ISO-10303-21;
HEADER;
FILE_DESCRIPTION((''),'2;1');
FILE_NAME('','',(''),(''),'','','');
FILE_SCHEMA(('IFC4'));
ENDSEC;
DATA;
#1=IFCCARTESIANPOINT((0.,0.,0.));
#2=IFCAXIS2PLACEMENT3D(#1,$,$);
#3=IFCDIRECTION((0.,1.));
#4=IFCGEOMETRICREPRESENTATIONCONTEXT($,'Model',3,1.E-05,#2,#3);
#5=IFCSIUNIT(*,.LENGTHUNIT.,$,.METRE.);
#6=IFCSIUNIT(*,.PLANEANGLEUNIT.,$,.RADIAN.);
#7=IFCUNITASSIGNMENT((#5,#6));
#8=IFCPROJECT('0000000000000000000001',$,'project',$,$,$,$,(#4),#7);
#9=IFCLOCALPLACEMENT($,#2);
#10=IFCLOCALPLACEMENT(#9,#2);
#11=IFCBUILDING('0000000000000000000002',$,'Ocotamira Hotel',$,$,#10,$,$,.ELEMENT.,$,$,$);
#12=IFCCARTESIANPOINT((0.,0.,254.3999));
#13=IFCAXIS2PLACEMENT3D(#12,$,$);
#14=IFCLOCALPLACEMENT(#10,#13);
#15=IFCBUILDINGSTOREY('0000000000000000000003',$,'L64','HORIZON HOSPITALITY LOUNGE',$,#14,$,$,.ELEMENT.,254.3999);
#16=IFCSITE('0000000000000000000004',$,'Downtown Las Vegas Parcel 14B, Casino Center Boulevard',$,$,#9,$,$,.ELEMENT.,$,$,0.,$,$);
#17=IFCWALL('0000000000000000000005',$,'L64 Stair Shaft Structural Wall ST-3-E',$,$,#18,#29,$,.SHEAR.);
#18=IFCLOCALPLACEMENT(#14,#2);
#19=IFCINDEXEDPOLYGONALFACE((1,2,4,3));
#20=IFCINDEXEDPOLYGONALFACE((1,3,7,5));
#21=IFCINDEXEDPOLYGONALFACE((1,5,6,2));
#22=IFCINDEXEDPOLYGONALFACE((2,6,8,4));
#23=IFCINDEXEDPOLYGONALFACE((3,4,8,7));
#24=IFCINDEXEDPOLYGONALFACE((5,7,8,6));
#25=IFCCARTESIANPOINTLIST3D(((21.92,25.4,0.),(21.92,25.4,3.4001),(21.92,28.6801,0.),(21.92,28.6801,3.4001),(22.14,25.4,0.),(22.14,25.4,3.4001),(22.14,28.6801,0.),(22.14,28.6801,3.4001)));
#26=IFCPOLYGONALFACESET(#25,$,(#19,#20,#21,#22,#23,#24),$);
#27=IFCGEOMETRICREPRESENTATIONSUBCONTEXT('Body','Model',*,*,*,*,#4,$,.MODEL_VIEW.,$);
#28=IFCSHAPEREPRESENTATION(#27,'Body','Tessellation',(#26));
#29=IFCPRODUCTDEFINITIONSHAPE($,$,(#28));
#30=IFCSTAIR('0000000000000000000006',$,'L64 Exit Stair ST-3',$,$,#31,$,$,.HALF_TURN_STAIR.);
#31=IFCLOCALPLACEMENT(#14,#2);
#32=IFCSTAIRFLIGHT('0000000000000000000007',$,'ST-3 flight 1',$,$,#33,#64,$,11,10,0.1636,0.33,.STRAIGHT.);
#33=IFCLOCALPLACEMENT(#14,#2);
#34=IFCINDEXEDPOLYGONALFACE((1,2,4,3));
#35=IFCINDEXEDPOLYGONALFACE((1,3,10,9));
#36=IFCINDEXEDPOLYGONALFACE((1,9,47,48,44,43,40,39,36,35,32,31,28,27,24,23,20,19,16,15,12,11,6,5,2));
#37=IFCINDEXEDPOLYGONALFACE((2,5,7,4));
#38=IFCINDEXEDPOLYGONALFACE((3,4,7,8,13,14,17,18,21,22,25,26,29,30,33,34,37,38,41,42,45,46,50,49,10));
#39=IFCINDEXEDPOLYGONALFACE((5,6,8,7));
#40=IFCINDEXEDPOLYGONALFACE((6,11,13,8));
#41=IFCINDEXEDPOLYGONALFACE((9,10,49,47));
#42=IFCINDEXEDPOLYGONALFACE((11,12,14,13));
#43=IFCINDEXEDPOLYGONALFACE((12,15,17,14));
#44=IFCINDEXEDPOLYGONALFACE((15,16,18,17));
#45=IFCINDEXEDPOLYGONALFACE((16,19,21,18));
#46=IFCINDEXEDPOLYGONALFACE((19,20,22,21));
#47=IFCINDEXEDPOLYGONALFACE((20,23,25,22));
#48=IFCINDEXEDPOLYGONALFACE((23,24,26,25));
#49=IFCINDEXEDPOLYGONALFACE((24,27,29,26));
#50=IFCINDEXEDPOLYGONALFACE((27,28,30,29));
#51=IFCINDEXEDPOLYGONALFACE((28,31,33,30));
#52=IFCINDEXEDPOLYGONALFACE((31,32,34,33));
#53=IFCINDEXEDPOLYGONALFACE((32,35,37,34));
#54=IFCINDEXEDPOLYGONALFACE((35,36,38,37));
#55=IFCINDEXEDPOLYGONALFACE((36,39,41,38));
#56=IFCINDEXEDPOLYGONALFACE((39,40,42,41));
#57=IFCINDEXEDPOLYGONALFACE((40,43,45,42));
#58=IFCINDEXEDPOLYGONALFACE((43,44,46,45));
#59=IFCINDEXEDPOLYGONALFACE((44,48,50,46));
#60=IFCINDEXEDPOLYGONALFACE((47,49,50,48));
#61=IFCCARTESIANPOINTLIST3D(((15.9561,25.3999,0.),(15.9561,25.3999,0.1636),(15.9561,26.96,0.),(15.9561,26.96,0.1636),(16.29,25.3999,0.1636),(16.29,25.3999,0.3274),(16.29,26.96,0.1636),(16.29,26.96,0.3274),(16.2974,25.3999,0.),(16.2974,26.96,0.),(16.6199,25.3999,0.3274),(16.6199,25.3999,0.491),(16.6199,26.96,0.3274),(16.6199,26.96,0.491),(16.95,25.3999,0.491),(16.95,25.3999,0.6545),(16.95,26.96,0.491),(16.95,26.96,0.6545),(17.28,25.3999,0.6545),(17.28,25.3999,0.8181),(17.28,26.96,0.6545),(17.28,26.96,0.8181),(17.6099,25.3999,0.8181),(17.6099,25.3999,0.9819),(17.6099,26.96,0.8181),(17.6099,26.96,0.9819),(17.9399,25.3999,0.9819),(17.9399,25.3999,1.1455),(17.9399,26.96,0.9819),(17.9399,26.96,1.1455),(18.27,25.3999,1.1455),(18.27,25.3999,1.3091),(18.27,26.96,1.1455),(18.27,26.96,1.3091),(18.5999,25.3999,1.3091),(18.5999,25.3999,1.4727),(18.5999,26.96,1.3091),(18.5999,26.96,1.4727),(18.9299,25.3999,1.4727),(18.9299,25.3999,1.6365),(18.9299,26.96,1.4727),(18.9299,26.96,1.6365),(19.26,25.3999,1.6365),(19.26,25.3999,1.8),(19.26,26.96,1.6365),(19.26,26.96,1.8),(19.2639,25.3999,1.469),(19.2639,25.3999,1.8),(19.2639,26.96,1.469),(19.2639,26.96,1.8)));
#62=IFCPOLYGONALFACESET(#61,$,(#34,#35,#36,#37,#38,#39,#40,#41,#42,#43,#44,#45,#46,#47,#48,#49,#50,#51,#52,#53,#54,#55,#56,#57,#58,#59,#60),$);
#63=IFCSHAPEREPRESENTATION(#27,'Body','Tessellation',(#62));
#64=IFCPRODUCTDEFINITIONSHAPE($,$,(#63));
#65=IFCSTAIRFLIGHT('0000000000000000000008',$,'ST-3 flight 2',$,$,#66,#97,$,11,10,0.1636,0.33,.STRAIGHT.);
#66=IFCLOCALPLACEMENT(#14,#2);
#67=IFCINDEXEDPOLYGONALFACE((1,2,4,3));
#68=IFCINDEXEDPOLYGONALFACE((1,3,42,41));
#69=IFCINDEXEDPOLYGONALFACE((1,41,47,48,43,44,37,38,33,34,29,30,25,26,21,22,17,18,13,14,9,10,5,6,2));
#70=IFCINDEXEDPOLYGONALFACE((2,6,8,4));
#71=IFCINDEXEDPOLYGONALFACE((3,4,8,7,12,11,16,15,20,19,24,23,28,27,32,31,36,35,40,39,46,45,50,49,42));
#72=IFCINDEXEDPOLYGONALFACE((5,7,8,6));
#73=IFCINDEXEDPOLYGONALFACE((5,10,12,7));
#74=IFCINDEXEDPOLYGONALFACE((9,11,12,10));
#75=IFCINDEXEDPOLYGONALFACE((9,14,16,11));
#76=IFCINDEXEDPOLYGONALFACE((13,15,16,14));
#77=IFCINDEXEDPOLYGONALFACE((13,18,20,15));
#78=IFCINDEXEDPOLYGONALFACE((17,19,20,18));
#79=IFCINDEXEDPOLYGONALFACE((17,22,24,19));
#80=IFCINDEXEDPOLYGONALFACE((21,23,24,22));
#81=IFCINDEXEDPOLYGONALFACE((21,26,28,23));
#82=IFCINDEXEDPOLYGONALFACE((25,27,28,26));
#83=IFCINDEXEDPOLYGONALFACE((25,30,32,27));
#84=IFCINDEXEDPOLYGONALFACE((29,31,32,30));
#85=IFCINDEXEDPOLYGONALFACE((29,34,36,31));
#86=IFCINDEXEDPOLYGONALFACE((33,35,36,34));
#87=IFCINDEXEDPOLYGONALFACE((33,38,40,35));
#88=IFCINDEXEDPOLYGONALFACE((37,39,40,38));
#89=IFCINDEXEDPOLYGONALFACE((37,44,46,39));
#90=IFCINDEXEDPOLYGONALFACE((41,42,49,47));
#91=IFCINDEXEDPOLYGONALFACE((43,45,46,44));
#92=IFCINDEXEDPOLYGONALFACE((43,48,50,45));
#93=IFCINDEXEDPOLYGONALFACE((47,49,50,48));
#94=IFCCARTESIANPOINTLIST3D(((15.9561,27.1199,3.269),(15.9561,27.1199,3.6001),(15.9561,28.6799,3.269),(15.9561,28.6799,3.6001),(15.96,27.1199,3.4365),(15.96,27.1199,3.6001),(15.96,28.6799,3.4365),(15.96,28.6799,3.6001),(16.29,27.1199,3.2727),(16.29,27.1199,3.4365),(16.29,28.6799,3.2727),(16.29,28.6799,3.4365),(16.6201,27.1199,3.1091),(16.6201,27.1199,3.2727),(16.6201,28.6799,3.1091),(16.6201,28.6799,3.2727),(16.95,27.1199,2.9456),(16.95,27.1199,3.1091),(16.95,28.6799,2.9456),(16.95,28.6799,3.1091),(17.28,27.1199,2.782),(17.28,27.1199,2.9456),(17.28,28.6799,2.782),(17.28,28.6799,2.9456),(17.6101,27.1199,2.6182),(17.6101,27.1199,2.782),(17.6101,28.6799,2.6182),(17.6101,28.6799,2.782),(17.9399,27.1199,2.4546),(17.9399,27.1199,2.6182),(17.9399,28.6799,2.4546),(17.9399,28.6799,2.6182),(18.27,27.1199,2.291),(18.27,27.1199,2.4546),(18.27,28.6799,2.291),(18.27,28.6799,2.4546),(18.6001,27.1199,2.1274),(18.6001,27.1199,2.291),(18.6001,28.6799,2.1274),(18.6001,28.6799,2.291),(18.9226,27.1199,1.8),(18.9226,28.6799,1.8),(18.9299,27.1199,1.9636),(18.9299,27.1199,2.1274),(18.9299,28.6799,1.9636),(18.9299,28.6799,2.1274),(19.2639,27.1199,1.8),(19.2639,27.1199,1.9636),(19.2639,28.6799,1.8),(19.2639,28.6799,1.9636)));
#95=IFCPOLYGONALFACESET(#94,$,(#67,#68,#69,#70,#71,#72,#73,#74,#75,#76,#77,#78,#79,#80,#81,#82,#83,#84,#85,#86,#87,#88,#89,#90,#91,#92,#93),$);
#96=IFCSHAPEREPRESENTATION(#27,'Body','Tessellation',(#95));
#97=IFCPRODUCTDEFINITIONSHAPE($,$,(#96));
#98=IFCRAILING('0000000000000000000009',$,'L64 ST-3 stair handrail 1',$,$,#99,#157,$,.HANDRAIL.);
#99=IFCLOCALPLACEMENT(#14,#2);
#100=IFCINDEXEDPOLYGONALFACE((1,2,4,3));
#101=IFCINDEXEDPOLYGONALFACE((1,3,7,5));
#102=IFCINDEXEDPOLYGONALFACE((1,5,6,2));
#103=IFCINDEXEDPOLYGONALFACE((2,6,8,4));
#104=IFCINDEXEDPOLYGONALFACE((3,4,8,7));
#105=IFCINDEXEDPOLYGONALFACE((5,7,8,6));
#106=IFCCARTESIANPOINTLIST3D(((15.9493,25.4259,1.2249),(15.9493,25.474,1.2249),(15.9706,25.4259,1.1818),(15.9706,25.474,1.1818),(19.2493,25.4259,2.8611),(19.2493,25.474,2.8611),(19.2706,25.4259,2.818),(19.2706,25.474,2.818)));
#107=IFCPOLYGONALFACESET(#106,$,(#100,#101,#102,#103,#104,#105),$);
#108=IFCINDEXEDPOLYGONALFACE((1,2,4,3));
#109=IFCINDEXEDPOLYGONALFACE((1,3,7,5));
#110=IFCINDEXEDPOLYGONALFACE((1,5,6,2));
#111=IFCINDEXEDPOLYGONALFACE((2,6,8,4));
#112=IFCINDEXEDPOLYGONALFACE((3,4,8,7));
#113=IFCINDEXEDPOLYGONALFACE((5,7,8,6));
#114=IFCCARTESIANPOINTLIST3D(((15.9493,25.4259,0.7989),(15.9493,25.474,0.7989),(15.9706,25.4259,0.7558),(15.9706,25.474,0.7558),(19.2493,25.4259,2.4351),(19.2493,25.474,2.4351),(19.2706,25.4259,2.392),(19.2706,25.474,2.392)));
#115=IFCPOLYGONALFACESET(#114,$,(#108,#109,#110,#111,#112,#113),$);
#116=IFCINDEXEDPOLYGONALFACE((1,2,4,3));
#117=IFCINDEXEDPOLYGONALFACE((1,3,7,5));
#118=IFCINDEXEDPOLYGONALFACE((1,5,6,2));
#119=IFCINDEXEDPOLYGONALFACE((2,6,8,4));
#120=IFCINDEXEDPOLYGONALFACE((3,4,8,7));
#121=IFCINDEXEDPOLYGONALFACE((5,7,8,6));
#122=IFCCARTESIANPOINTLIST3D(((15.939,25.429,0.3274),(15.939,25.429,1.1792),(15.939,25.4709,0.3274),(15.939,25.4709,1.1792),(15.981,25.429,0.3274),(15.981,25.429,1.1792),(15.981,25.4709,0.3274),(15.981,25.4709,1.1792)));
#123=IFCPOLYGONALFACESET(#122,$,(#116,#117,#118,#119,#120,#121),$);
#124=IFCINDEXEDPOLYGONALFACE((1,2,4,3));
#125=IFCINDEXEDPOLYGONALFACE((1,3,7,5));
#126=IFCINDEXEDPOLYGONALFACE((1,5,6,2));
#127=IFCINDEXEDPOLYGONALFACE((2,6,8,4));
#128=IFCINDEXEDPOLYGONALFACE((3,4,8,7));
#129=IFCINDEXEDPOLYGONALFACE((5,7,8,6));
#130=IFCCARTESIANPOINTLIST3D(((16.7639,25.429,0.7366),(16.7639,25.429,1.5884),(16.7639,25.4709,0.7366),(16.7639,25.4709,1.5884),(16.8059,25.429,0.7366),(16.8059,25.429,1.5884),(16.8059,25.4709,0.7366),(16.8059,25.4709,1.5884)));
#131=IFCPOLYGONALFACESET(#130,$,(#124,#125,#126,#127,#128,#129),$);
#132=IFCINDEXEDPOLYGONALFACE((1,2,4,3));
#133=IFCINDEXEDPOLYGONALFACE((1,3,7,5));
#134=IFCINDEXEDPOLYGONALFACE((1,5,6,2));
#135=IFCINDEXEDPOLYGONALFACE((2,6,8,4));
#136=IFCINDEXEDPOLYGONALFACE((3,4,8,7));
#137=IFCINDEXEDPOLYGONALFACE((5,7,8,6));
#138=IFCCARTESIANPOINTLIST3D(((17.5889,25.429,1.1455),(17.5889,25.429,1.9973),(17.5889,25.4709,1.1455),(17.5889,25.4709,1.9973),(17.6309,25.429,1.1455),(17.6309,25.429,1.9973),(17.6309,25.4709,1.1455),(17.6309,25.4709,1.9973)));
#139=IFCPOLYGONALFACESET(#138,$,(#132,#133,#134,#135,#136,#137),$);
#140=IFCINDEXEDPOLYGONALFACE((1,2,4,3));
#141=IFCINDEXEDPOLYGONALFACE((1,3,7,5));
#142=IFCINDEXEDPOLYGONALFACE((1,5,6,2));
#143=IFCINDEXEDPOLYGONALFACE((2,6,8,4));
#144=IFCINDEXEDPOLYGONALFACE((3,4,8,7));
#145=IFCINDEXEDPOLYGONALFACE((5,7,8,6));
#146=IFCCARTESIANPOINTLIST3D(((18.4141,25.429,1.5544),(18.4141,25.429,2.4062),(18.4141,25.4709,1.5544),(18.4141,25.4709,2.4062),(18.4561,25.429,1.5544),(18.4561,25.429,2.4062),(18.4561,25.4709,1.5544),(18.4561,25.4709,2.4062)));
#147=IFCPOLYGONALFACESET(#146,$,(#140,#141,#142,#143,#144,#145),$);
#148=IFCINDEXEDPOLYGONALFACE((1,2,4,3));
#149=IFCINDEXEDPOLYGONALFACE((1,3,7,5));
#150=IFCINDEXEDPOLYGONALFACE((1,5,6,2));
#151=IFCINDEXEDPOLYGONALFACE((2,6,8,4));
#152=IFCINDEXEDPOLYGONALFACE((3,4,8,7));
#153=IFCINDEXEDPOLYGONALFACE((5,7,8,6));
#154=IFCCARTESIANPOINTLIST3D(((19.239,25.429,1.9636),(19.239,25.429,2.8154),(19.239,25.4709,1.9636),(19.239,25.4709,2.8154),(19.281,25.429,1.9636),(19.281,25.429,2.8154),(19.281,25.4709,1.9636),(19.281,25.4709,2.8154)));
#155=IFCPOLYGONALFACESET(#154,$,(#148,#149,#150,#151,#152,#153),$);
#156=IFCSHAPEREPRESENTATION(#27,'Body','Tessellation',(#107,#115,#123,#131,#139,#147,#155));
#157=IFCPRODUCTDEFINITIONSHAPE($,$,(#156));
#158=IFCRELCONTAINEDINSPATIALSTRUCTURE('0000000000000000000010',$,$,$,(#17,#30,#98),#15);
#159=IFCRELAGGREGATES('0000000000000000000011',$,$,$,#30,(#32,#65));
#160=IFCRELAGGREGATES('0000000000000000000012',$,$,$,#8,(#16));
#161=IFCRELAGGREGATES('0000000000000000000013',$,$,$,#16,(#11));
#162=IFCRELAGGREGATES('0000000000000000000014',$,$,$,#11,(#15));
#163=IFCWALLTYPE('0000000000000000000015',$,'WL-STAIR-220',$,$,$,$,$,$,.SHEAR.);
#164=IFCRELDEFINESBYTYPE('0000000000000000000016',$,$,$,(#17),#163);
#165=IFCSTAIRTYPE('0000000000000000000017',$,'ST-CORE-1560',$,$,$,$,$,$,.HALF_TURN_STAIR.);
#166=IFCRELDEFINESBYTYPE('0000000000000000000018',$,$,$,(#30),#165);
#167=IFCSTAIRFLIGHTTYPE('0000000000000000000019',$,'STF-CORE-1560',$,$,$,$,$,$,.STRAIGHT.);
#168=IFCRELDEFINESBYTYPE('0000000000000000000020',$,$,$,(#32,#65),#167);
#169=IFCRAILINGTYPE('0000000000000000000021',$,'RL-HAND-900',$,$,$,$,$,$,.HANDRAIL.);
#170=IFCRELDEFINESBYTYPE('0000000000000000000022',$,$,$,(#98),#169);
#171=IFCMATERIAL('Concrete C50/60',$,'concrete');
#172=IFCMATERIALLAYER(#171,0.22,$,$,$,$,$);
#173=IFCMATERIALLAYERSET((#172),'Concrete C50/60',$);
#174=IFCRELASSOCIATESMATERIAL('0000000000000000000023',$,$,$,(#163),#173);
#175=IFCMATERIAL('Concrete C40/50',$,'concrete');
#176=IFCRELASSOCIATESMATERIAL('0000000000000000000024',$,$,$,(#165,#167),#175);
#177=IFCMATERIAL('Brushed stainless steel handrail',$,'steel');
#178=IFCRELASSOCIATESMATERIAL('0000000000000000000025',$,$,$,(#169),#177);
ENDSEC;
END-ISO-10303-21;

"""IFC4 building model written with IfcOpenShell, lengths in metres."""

from ifc_helpers import new_model, si_unit, direction, frame, frame_2d, origin, origin_2d, place, context, subcontext, project, spatial, polyline, rectangle, outline, extrude, source, transform, mapped, material, layer, layer_set, type_object, element, aggregate, save


model = new_model("IFC4")

# Units and contexts
model_context = context("Model", 3, precision=1e-05, world=origin(), true_north=direction((0.0, 1.0)))
body_context = subcontext(model_context, "Body", "Model", "MODEL_VIEW")
ifc_project = project(units=[si_unit("LENGTHUNIT", "METRE"), si_unit("PLANEANGLEUNIT", "RADIAN")], contexts=[model_context])

# Site, building, storey
site_placement = place(None, origin())
site = spatial("IfcSite", under=ifc_project, at=site_placement, Name="Downtown Las Vegas Parcel 14B, Casino Center Boulevard", CompositionType="ELEMENT", RefElevation=0.0)
building_placement = place(site_placement, origin())
building = spatial("IfcBuilding", under=site, at=building_placement, Name="Ocotamira Hotel", CompositionType="ELEMENT")
storey_placement = place(building_placement, frame((0.0, 0.0, 254.3999)))
storey = spatial("IfcBuildingStorey", under=building, at=storey_placement, Name="L64", Description="HORIZON HOSPITALITY LOUNGE", CompositionType="ELEMENT", Elevation=254.3999)

# Shared definitions
ifc_material_1 = material(Name="Concrete C50/60", Category="concrete")
ifc_layer_1 = layer(ifc_material_1, 0.22)
ifc_layer_set_1 = layer_set([ifc_layer_1], Name="Concrete C50/60")
wall_type_1 = type_object("IfcWallType", Name="WL-STAIR-220", PredefinedType="SHEAR", material=ifc_layer_set_1)

# Wall
for number, where, z_axis, x_axis, name in (
    (1, (22.03, 25.3999, 0.0), (0.0, 0.0, 1.0), (0.0, 1.0, 0.0), "L64 Stair Shaft Structural Wall ST-3-E"),
):
    element("IfcWall", number, at=place(storey_placement, frame(where, z_axis=z_axis, x_axis=x_axis)), inside=storey, type_object=wall_type_1, Name=name, PredefinedType="SHEAR", context=body_context, shape_type="SweptSolid", body=[
        extrude(rectangle(XDim=3.28, YDim=0.22, at=frame_2d((1.6401, 0.0))), origin(), (0.0, 0.0, 1.0), 3.4001),
    ])

# Stair, stair flights
ifc_material_2 = material(Name="Concrete C40/50", Category="concrete")
stair_type = type_object("IfcStairType", Name="ST-CORE-1560", PredefinedType="HALF_TURN_STAIR", material=ifc_material_2)
stair_placement = place(storey_placement, origin())
stair = element("IfcStair", 2, at=stair_placement, inside=storey, type_object=stair_type, Name="L64 Exit Stair ST-3", PredefinedType="HALF_TURN_STAIR")
stair_flight_type = type_object("IfcStairFlightType", Name="STF-CORE-1560", PredefinedType="STRAIGHT", material=ifc_material_2)
shared_shape_1 = source(origin(), body_context, "Body", "SweptSolid", [
    extrude(outline(polyline([(-0.0039, 0.0), (-0.0039, 0.1636), (0.3301, 0.1636), (0.3301, 0.3274), (0.6599, 0.3274), (0.6599, 0.491), (0.99, 0.491), (0.99, 0.6545), (1.3201, 0.6545), (1.3201, 0.8181), (1.6499, 0.8181), (1.6499, 0.9819), (1.98, 0.9819), (1.98, 1.1455), (2.3101, 1.1455), (2.3101, 1.3091), (2.6399, 1.3091), (2.6399, 1.4727), (2.97, 1.4727), (2.97, 1.6365), (3.3, 1.6365), (3.3, 1.8), (3.304, 1.8), (3.304, 1.469), (0.3374, 0.0), (-0.0039, 0.0)])), frame((0.0, 0.78, 0.0), z_axis=(0.0, -1.0, 0.0), x_axis=(1.0, 0.0, 0.0)), (0.0, 0.0, 1.0), 1.5601),
])
stair_flight_1_placement = place(storey_placement, frame((15.96, 26.1799, 0.0), z_axis=(0.0, 0.0, 1.0), x_axis=(1.0, 0.0, 0.0)))
stair_flight_1 = element("IfcStairFlight", 3, at=stair_flight_1_placement, type_object=stair_flight_type, Name="ST-3 flight 1", NumberOfRisers=11, NumberOfTreads=10, PredefinedType="STRAIGHT", RiserHeight=0.1636, TreadLength=0.33, context=body_context, shape_type="MappedRepresentation", body=[
    mapped(shared_shape_1, transform((0.0, 0.0, 0.0), scale=1.0)),
])
stair_flight_2_placement = place(storey_placement, frame((19.26, 27.8999, 1.8), z_axis=(0.0, 0.0, 1.0), x_axis=(-1.0, 0.0, 0.0)))
stair_flight_2 = element("IfcStairFlight", 4, at=stair_flight_2_placement, type_object=stair_flight_type, Name="ST-3 flight 2", NumberOfRisers=11, NumberOfTreads=10, PredefinedType="STRAIGHT", RiserHeight=0.1636, TreadLength=0.33, context=body_context, shape_type="MappedRepresentation", body=[
    mapped(shared_shape_1, transform((0.0, 0.0, 0.0), scale=1.0)),
])
aggregate(stair, [stair_flight_1, stair_flight_2])

# Railing
ifc_material_3 = material(Name="Brushed stainless steel handrail", Category="steel")
railing_type_1 = type_object("IfcRailingType", Name="RL-HAND-900", PredefinedType="HANDRAIL", material=ifc_material_3)
railing_1_placement = place(storey_placement, frame((15.96, 25.45, 0.3274)))
element("IfcRailing", 5, at=railing_1_placement, inside=storey, type_object=railing_type_1, Name="L64 ST-3 stair handrail 1", PredefinedType="HANDRAIL", context=body_context, shape_type="SweptSolid", body=[
    extrude(rectangle(XDim=0.0481, YDim=0.0481, at=origin_2d()), frame((0.0, 0.0, 0.876), z_axis=(0.89592, 0.0, 0.444215), x_axis=(0.0, 1.0, 0.0)), (0.0, 0.0, 1.0), 3.6833),
    extrude(rectangle(XDim=0.0481, YDim=0.0481, at=origin_2d()), frame((0.0, 0.0, 0.45), z_axis=(0.89592, 0.0, 0.444215), x_axis=(0.0, 1.0, 0.0)), (0.0, 0.0, 1.0), 3.6833),
    extrude(rectangle(XDim=0.042, YDim=0.042, at=origin_2d()), origin(), (0.0, 0.0, 1.0), 0.8518),
    extrude(rectangle(XDim=0.042, YDim=0.042, at=origin_2d()), frame((0.825, 0.0, 0.4092)), (0.0, 0.0, 1.0), 0.8518),
    extrude(rectangle(XDim=0.042, YDim=0.042, at=origin_2d()), frame((1.6499, 0.0, 0.8181)), (0.0, 0.0, 1.0), 0.8518),
    extrude(rectangle(XDim=0.042, YDim=0.042, at=origin_2d()), frame((2.4751, 0.0, 1.2271)), (0.0, 0.0, 1.0), 0.8518),
    extrude(rectangle(XDim=0.042, YDim=0.042, at=origin_2d()), frame((3.3, 0.0, 1.6362)), (0.0, 0.0, 1.0), 0.8518),
])

save(model, "model.ifc")
